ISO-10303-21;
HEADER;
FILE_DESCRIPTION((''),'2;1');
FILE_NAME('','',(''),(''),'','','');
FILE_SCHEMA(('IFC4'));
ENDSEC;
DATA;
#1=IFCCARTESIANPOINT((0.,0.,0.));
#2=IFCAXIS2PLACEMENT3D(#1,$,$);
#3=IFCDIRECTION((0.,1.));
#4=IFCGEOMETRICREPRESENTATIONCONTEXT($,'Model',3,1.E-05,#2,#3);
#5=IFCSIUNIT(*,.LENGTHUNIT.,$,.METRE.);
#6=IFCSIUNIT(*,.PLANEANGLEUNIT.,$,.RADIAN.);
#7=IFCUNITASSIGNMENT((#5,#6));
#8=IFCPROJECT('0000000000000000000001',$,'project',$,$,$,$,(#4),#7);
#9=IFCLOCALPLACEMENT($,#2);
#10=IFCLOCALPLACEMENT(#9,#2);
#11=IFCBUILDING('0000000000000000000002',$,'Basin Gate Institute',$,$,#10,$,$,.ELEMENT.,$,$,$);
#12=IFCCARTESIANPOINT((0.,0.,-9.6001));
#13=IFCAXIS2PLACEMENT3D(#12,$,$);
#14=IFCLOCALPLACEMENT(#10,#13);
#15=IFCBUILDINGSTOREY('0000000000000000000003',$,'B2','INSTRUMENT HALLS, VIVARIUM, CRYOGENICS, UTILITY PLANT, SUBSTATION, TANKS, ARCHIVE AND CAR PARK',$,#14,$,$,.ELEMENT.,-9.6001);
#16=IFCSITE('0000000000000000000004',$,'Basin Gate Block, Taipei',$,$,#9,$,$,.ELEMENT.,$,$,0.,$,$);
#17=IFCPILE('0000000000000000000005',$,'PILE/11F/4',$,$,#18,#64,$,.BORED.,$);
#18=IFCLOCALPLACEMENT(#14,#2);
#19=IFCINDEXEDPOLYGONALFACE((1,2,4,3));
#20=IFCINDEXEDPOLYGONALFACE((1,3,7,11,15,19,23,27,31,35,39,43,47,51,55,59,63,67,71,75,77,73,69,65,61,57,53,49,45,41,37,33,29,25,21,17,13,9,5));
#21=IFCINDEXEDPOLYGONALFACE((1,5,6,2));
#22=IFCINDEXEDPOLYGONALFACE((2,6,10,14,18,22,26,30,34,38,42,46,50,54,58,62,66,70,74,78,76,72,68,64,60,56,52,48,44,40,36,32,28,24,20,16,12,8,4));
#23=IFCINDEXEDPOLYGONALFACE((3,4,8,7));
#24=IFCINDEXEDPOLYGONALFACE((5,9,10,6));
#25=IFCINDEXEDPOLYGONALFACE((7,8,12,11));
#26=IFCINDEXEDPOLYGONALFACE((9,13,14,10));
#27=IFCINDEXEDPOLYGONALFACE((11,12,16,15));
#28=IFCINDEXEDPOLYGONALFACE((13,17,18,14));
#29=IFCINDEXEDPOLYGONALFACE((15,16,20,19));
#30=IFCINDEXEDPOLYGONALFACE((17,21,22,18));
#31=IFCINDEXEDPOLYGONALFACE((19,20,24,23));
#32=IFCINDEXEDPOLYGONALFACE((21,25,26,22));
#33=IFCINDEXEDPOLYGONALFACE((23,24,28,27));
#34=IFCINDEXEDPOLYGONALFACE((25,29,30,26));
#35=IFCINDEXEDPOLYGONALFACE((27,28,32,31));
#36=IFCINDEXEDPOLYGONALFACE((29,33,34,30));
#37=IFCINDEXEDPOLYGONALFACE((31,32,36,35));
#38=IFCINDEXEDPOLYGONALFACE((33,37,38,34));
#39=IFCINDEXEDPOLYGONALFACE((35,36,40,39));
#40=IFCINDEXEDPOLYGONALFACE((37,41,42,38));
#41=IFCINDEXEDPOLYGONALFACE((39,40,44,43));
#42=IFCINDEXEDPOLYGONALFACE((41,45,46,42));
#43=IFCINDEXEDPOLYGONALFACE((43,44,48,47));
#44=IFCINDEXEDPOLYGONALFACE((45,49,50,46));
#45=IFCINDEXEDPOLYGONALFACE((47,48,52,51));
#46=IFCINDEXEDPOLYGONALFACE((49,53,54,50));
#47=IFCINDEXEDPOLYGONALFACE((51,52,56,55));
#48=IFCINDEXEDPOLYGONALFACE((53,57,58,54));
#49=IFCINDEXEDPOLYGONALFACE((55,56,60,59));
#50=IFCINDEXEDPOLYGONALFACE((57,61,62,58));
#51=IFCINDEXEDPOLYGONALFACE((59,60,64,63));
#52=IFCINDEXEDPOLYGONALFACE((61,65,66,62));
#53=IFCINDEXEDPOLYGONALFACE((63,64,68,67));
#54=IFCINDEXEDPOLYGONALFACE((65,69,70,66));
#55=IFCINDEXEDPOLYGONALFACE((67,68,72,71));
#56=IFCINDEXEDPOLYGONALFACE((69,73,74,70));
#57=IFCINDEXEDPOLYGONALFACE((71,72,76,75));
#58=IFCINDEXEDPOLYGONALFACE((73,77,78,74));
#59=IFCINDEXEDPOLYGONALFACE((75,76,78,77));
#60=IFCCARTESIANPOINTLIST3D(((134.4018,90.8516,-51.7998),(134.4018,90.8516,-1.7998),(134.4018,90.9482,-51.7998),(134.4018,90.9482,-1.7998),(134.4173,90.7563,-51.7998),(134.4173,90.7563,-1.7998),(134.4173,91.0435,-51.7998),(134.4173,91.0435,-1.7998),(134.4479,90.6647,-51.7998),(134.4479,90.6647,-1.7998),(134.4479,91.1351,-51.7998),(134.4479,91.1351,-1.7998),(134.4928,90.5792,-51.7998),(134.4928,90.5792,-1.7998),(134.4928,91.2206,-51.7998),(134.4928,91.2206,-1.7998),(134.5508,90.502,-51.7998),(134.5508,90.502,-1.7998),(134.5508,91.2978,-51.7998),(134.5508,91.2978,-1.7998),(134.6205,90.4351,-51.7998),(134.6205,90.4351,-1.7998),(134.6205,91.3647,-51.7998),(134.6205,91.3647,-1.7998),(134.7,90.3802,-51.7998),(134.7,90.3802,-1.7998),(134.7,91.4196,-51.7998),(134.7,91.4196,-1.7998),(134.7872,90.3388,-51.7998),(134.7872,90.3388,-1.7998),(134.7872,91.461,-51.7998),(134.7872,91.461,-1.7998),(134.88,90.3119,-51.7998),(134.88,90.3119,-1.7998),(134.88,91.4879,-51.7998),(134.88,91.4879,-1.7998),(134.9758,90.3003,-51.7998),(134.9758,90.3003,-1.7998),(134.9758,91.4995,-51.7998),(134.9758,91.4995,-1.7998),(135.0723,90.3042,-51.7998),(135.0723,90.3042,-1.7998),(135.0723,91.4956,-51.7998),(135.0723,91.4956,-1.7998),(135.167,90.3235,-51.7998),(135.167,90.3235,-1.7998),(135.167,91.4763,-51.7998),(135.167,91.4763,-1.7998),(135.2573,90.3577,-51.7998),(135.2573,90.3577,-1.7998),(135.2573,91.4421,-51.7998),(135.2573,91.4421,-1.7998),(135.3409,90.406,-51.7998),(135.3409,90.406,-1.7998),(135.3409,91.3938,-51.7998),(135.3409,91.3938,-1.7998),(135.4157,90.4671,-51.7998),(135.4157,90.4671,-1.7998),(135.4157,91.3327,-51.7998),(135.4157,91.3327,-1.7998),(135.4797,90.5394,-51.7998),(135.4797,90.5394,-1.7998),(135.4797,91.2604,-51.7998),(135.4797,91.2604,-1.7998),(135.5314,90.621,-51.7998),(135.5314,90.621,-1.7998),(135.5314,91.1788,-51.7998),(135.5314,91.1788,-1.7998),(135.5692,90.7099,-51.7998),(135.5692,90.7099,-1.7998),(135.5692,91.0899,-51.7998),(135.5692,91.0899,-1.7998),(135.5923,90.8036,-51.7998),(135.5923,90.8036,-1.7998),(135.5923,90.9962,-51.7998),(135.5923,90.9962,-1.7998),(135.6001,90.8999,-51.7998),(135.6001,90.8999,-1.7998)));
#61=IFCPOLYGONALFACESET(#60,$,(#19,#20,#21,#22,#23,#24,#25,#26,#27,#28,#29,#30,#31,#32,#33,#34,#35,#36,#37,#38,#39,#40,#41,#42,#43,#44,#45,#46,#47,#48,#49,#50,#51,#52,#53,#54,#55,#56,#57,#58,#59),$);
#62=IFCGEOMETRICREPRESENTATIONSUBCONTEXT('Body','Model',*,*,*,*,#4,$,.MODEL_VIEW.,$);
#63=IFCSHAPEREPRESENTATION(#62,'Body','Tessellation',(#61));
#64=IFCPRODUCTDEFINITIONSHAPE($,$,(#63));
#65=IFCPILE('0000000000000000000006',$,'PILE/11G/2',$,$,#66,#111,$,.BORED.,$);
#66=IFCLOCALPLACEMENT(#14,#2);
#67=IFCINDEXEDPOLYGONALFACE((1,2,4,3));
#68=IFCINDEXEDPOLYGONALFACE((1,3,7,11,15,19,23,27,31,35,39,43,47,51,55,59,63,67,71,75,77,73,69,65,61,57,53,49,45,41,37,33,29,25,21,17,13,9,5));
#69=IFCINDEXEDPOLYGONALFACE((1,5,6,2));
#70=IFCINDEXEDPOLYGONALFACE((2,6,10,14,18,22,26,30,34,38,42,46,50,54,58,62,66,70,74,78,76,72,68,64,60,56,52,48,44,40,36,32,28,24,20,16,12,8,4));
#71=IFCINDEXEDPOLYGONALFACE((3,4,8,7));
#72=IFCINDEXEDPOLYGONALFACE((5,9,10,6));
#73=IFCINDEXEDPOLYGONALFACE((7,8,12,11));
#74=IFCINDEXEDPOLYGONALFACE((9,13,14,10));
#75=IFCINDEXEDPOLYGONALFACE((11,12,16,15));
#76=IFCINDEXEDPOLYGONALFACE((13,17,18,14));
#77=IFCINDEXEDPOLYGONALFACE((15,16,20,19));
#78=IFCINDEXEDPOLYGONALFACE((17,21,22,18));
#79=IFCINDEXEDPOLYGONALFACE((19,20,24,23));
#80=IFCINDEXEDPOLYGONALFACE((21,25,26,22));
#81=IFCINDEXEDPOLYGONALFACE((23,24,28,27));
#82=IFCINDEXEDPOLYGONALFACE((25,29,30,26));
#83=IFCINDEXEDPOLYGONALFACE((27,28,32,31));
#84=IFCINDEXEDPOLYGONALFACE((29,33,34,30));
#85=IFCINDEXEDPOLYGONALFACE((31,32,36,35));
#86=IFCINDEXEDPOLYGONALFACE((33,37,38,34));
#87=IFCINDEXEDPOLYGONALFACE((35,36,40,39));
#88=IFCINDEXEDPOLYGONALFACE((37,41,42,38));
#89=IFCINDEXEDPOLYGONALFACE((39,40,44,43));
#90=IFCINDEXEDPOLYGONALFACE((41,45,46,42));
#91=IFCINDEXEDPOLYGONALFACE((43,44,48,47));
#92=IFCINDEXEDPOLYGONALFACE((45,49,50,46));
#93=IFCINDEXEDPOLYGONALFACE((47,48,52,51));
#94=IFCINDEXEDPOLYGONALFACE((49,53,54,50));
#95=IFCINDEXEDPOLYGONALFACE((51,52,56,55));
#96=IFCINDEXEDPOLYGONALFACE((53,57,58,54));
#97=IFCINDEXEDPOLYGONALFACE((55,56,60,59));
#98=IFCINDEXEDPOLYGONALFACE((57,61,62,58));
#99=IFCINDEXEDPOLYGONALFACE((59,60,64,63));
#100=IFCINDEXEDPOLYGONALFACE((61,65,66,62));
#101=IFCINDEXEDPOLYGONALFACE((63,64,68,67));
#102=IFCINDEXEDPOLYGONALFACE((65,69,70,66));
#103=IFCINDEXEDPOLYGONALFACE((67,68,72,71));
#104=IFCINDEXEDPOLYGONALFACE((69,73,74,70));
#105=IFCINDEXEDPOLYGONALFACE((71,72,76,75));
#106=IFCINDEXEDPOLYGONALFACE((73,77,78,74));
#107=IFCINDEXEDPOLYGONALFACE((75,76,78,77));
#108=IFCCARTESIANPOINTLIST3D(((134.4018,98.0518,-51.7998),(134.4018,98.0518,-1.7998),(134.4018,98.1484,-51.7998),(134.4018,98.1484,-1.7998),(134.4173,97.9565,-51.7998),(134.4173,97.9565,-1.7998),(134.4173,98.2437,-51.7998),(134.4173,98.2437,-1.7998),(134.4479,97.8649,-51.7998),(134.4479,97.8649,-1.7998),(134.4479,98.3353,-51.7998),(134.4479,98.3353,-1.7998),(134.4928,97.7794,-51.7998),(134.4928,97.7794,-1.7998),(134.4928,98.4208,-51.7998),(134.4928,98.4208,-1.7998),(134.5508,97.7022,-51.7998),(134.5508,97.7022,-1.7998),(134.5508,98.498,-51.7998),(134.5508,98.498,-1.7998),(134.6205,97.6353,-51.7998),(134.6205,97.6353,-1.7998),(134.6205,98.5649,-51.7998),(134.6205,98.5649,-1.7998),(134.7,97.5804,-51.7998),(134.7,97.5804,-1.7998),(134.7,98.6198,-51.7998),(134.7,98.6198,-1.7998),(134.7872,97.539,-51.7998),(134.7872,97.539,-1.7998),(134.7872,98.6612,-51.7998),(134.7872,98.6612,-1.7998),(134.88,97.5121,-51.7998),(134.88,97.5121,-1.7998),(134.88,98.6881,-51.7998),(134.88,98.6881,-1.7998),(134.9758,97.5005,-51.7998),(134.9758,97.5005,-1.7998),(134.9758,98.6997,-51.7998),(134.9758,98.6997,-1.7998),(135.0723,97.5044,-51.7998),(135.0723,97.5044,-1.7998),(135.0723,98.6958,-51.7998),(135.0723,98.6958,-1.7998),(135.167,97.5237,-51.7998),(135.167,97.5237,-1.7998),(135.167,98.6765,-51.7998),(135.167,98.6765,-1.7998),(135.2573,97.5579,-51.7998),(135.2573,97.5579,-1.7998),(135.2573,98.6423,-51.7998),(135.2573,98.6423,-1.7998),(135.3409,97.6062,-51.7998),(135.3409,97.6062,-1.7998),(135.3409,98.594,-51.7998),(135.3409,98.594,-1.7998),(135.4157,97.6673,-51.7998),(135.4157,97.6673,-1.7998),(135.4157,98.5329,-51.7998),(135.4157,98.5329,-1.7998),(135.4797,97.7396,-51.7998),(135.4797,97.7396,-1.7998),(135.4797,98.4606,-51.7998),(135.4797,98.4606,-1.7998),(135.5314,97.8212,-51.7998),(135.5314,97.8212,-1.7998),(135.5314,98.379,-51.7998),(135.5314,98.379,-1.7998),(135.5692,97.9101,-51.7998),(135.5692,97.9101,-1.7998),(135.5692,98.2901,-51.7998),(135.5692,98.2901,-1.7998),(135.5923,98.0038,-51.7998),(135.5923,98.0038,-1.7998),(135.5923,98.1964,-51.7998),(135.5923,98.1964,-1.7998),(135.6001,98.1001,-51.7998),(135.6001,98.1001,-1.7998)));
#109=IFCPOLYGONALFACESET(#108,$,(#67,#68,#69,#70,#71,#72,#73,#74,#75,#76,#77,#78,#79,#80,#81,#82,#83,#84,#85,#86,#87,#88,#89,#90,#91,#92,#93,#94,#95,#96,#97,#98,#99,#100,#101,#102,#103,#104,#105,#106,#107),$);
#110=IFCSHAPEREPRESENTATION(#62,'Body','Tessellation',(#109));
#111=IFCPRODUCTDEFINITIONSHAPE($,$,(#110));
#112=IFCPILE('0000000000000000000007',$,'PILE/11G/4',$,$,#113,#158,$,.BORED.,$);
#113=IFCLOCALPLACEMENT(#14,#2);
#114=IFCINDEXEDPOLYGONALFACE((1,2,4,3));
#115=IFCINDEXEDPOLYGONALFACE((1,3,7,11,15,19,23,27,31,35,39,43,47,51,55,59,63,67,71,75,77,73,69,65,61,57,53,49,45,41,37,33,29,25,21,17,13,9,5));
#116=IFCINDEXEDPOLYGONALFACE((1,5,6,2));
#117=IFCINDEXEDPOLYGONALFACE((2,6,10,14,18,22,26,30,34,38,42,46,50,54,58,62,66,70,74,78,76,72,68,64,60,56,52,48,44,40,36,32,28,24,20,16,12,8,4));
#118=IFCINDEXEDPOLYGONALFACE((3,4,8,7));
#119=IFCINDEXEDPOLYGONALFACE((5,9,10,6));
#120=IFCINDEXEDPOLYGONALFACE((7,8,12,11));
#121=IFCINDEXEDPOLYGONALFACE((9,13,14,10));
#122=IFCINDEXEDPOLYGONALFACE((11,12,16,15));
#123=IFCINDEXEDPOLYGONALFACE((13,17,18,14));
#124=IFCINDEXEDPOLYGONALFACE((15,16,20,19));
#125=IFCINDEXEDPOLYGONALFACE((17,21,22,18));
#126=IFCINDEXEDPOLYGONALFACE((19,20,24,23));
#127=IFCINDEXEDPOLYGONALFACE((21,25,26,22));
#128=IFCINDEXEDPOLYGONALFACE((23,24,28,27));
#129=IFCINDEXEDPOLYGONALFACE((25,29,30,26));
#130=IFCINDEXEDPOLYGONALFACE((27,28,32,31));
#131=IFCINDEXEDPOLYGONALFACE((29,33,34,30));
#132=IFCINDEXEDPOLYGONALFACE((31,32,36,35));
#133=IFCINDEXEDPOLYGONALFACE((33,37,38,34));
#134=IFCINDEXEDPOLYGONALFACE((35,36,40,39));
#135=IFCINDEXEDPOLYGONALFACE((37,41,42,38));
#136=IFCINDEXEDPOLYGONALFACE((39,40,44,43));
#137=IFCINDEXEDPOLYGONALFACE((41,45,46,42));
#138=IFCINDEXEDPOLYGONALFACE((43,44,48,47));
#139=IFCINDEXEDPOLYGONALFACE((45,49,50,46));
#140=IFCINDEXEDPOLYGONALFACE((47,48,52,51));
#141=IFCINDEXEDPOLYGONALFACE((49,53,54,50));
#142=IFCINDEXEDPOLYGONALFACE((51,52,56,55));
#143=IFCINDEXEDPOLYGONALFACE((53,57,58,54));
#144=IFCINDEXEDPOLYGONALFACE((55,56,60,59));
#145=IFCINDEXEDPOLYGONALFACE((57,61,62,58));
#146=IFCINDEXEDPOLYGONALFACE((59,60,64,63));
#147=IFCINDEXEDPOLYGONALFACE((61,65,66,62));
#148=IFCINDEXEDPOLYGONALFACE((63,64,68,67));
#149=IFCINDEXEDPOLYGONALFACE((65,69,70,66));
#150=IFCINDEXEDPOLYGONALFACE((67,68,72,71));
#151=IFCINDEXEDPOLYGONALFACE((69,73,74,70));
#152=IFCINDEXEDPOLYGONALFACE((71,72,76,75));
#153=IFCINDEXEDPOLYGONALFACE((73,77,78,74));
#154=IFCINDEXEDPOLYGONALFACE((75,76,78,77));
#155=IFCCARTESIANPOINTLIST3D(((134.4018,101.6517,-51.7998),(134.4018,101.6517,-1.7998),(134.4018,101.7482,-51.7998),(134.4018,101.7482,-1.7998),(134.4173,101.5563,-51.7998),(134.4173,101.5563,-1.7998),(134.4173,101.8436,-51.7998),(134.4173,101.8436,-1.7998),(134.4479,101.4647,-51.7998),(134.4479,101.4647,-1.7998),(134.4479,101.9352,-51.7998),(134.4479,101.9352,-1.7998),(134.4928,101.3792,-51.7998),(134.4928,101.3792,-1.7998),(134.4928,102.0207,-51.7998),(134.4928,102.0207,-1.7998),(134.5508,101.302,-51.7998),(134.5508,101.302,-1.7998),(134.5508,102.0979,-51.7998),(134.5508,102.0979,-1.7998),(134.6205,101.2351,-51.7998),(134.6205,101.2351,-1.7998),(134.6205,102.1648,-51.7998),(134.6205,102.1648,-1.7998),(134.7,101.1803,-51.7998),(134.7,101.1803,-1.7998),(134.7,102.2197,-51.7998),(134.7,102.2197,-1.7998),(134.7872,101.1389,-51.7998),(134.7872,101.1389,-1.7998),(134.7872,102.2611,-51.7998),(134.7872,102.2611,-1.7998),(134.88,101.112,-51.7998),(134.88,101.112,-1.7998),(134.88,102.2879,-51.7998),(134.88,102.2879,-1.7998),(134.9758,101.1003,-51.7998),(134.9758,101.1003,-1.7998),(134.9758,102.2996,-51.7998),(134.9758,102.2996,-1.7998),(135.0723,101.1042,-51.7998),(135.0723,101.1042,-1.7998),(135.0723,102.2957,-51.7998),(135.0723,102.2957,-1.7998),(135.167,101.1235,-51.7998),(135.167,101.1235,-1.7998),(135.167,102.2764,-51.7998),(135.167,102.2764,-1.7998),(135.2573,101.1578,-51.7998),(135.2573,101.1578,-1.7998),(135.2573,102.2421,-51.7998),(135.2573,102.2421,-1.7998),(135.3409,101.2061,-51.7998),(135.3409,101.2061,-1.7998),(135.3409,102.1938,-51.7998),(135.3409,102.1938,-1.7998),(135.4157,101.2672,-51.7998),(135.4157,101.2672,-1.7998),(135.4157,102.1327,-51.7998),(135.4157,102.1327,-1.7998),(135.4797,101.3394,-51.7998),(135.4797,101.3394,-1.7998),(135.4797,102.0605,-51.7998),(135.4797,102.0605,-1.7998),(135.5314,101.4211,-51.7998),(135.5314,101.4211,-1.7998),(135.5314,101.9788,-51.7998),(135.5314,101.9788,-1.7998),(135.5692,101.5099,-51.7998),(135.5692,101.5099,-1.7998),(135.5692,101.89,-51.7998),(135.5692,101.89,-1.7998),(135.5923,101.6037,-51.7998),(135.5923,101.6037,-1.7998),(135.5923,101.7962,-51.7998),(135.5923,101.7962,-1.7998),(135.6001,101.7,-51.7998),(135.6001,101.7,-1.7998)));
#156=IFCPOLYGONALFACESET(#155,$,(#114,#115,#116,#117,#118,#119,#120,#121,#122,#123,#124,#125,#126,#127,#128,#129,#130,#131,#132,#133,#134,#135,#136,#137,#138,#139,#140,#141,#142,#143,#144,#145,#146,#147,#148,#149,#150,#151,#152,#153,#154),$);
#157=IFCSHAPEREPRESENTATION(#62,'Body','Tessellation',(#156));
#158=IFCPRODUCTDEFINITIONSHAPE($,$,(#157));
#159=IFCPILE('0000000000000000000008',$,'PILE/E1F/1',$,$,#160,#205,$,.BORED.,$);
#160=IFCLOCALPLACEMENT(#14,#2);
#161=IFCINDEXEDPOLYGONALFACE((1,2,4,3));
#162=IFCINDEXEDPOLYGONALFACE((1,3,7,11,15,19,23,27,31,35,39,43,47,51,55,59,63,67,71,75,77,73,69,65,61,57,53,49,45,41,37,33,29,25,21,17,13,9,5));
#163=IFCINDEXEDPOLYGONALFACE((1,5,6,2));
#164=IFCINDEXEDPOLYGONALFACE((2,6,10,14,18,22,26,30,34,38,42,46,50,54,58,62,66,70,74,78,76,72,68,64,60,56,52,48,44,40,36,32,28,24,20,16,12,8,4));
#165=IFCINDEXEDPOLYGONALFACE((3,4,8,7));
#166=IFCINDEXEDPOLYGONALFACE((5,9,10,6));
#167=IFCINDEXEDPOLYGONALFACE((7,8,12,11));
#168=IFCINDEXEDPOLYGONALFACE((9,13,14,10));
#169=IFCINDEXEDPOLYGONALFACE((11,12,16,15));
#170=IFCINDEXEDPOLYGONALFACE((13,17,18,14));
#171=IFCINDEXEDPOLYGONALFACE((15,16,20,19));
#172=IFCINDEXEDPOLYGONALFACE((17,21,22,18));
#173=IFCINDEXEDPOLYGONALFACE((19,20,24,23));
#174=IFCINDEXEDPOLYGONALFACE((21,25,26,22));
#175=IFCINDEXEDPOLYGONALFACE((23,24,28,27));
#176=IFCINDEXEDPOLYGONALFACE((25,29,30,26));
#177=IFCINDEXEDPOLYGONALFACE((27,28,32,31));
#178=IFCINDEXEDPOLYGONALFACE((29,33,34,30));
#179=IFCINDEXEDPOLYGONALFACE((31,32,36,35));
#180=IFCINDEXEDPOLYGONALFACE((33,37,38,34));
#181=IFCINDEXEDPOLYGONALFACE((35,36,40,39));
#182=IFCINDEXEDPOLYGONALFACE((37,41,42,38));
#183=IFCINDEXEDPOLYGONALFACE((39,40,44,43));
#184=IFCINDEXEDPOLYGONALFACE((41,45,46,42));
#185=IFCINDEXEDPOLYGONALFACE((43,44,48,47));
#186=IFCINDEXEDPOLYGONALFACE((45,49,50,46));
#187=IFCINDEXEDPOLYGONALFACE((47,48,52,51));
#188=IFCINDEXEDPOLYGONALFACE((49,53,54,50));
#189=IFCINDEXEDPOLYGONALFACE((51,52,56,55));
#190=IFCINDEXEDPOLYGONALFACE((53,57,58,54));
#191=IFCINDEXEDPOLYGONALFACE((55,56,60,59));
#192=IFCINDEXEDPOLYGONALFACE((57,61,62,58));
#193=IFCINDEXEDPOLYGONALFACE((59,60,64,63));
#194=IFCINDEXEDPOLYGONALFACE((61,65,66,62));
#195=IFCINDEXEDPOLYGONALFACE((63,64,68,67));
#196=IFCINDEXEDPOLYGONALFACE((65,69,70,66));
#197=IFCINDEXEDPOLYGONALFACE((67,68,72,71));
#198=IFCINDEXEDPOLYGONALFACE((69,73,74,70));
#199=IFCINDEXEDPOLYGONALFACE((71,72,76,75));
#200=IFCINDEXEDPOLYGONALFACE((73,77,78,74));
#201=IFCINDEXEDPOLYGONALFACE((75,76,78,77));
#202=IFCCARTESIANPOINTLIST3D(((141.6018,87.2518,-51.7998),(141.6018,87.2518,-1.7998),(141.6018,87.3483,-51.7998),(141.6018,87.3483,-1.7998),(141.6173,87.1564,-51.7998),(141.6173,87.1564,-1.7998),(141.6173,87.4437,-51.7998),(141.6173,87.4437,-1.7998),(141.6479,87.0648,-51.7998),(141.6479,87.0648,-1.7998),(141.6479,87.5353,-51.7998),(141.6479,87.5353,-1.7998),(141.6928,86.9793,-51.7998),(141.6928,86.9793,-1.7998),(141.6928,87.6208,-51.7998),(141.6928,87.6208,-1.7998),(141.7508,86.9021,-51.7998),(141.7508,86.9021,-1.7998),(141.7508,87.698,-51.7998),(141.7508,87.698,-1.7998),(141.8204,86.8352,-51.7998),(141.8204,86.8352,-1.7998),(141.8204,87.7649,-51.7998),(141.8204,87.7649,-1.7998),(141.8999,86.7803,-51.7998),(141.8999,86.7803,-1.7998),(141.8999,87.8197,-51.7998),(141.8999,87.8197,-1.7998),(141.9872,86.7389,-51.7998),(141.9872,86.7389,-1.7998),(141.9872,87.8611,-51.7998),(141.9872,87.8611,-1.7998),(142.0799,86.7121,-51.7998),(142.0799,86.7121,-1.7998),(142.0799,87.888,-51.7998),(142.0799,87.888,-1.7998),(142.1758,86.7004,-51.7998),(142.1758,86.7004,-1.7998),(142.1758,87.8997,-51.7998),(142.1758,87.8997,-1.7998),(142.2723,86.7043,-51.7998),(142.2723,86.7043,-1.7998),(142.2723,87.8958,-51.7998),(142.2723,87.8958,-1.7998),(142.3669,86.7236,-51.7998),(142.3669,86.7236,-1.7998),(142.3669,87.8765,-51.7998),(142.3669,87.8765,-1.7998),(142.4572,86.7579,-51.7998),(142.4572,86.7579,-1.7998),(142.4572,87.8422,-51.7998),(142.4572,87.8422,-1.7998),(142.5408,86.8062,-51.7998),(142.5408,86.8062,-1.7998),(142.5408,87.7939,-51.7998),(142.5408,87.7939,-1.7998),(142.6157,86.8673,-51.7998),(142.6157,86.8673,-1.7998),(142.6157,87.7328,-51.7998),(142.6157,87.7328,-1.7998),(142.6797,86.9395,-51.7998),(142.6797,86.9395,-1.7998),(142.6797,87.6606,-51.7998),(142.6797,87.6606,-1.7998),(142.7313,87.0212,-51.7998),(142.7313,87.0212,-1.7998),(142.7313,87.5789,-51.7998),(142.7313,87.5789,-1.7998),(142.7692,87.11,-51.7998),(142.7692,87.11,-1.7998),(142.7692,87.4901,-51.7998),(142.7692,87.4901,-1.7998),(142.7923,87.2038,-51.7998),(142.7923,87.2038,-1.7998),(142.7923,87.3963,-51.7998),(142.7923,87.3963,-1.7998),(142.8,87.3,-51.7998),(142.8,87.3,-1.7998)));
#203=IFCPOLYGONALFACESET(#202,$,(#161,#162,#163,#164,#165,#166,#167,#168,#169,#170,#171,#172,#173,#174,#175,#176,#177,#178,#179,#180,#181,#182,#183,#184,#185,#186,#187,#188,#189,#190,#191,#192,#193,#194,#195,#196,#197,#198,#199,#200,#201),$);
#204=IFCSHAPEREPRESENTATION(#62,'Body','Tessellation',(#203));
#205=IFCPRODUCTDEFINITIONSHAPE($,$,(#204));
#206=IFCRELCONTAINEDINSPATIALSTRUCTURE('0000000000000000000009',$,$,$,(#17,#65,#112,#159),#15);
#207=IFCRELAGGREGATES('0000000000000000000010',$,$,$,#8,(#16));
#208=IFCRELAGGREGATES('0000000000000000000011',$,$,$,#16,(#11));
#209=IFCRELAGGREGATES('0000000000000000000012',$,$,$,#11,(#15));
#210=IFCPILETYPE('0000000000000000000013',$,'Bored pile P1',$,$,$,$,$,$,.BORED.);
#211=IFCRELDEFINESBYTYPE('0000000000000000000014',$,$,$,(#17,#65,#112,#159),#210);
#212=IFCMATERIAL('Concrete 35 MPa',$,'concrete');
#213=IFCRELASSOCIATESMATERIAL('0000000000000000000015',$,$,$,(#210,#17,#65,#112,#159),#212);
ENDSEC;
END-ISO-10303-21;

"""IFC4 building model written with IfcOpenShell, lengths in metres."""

from ifc_helpers import new_model, si_unit, direction, frame, origin, origin_2d, place, context, subcontext, project, spatial, circle, extrude, material, material_profile, profile_set, type_object, element, save


model = new_model("IFC4")

# Units and contexts
model_context = context("Model", 3, precision=1e-05, world=origin(), true_north=direction((0.0, 1.0)))
body_context = subcontext(model_context, "Body", "Model", "MODEL_VIEW")
ifc_project = project(units=[si_unit("LENGTHUNIT", "METRE"), si_unit("PLANEANGLEUNIT", "RADIAN")], contexts=[model_context])

# Site, building, storey
site_placement = place(None, origin())
site = spatial("IfcSite", under=ifc_project, at=site_placement, Name="Basin Gate Block, Taipei", CompositionType="ELEMENT", RefElevation=0.0)
building_placement = place(site_placement, origin())
building = spatial("IfcBuilding", under=site, at=building_placement, Name="Basin Gate Institute", CompositionType="ELEMENT")
storey_placement = place(building_placement, frame((0.0, 0.0, -9.6001)))
storey = spatial("IfcBuildingStorey", under=building, at=storey_placement, Name="B2", Description="INSTRUMENT HALLS, VIVARIUM, CRYOGENICS, UTILITY PLANT, SUBSTATION, TANKS, ARCHIVE AND CAR PARK", CompositionType="ELEMENT", Elevation=-9.6001)

# Piles
ifc_material_1 = material(Name="Concrete 35 MPa", Category="concrete")
ifc_material_profile_1 = material_profile(ifc_material_1, circle(Radius=0.6001, at=origin_2d()), Name="Bored pile P1 1200 dia")
ifc_profile_set_1 = profile_set([ifc_material_profile_1], Name="Concrete 35 MPa")
pile_type = type_object("IfcPileType", Name="Bored pile P1", PredefinedType="BORED", material=ifc_profile_set_1)
for number, where, z_axis, x_axis, name in (
    (1, (135.0, 90.8999, -1.7998), (0.0, 0.0, -1.0), (1.0, 0.0, 0.0), "PILE/11F/4"),
    (2, (135.0, 98.1001, -1.7998), (0.0, 0.0, -1.0), (1.0, 0.0, 0.0), "PILE/11G/2"),
    (3, (135.0, 101.7, -1.7998), (0.0, 0.0, -1.0), (1.0, 0.0, 0.0), "PILE/11G/4"),
    (4, (142.2, 87.3, -1.7998), (0.0, 0.0, -1.0), (1.0, 0.0, 0.0), "PILE/E1F/1"),
):
    element("IfcPile", number, at=place(storey_placement, frame(where, z_axis=z_axis, x_axis=x_axis)), inside=storey, type_object=pile_type, material=ifc_profile_set_1, Name=name, PredefinedType="BORED", context=body_context, shape_type="SweptSolid", body=[
        extrude(circle(Radius=0.6001, at=origin_2d()), origin(), (0.0, 0.0, 1.0), 50.0),
    ])

save(model, "model.ifc")
